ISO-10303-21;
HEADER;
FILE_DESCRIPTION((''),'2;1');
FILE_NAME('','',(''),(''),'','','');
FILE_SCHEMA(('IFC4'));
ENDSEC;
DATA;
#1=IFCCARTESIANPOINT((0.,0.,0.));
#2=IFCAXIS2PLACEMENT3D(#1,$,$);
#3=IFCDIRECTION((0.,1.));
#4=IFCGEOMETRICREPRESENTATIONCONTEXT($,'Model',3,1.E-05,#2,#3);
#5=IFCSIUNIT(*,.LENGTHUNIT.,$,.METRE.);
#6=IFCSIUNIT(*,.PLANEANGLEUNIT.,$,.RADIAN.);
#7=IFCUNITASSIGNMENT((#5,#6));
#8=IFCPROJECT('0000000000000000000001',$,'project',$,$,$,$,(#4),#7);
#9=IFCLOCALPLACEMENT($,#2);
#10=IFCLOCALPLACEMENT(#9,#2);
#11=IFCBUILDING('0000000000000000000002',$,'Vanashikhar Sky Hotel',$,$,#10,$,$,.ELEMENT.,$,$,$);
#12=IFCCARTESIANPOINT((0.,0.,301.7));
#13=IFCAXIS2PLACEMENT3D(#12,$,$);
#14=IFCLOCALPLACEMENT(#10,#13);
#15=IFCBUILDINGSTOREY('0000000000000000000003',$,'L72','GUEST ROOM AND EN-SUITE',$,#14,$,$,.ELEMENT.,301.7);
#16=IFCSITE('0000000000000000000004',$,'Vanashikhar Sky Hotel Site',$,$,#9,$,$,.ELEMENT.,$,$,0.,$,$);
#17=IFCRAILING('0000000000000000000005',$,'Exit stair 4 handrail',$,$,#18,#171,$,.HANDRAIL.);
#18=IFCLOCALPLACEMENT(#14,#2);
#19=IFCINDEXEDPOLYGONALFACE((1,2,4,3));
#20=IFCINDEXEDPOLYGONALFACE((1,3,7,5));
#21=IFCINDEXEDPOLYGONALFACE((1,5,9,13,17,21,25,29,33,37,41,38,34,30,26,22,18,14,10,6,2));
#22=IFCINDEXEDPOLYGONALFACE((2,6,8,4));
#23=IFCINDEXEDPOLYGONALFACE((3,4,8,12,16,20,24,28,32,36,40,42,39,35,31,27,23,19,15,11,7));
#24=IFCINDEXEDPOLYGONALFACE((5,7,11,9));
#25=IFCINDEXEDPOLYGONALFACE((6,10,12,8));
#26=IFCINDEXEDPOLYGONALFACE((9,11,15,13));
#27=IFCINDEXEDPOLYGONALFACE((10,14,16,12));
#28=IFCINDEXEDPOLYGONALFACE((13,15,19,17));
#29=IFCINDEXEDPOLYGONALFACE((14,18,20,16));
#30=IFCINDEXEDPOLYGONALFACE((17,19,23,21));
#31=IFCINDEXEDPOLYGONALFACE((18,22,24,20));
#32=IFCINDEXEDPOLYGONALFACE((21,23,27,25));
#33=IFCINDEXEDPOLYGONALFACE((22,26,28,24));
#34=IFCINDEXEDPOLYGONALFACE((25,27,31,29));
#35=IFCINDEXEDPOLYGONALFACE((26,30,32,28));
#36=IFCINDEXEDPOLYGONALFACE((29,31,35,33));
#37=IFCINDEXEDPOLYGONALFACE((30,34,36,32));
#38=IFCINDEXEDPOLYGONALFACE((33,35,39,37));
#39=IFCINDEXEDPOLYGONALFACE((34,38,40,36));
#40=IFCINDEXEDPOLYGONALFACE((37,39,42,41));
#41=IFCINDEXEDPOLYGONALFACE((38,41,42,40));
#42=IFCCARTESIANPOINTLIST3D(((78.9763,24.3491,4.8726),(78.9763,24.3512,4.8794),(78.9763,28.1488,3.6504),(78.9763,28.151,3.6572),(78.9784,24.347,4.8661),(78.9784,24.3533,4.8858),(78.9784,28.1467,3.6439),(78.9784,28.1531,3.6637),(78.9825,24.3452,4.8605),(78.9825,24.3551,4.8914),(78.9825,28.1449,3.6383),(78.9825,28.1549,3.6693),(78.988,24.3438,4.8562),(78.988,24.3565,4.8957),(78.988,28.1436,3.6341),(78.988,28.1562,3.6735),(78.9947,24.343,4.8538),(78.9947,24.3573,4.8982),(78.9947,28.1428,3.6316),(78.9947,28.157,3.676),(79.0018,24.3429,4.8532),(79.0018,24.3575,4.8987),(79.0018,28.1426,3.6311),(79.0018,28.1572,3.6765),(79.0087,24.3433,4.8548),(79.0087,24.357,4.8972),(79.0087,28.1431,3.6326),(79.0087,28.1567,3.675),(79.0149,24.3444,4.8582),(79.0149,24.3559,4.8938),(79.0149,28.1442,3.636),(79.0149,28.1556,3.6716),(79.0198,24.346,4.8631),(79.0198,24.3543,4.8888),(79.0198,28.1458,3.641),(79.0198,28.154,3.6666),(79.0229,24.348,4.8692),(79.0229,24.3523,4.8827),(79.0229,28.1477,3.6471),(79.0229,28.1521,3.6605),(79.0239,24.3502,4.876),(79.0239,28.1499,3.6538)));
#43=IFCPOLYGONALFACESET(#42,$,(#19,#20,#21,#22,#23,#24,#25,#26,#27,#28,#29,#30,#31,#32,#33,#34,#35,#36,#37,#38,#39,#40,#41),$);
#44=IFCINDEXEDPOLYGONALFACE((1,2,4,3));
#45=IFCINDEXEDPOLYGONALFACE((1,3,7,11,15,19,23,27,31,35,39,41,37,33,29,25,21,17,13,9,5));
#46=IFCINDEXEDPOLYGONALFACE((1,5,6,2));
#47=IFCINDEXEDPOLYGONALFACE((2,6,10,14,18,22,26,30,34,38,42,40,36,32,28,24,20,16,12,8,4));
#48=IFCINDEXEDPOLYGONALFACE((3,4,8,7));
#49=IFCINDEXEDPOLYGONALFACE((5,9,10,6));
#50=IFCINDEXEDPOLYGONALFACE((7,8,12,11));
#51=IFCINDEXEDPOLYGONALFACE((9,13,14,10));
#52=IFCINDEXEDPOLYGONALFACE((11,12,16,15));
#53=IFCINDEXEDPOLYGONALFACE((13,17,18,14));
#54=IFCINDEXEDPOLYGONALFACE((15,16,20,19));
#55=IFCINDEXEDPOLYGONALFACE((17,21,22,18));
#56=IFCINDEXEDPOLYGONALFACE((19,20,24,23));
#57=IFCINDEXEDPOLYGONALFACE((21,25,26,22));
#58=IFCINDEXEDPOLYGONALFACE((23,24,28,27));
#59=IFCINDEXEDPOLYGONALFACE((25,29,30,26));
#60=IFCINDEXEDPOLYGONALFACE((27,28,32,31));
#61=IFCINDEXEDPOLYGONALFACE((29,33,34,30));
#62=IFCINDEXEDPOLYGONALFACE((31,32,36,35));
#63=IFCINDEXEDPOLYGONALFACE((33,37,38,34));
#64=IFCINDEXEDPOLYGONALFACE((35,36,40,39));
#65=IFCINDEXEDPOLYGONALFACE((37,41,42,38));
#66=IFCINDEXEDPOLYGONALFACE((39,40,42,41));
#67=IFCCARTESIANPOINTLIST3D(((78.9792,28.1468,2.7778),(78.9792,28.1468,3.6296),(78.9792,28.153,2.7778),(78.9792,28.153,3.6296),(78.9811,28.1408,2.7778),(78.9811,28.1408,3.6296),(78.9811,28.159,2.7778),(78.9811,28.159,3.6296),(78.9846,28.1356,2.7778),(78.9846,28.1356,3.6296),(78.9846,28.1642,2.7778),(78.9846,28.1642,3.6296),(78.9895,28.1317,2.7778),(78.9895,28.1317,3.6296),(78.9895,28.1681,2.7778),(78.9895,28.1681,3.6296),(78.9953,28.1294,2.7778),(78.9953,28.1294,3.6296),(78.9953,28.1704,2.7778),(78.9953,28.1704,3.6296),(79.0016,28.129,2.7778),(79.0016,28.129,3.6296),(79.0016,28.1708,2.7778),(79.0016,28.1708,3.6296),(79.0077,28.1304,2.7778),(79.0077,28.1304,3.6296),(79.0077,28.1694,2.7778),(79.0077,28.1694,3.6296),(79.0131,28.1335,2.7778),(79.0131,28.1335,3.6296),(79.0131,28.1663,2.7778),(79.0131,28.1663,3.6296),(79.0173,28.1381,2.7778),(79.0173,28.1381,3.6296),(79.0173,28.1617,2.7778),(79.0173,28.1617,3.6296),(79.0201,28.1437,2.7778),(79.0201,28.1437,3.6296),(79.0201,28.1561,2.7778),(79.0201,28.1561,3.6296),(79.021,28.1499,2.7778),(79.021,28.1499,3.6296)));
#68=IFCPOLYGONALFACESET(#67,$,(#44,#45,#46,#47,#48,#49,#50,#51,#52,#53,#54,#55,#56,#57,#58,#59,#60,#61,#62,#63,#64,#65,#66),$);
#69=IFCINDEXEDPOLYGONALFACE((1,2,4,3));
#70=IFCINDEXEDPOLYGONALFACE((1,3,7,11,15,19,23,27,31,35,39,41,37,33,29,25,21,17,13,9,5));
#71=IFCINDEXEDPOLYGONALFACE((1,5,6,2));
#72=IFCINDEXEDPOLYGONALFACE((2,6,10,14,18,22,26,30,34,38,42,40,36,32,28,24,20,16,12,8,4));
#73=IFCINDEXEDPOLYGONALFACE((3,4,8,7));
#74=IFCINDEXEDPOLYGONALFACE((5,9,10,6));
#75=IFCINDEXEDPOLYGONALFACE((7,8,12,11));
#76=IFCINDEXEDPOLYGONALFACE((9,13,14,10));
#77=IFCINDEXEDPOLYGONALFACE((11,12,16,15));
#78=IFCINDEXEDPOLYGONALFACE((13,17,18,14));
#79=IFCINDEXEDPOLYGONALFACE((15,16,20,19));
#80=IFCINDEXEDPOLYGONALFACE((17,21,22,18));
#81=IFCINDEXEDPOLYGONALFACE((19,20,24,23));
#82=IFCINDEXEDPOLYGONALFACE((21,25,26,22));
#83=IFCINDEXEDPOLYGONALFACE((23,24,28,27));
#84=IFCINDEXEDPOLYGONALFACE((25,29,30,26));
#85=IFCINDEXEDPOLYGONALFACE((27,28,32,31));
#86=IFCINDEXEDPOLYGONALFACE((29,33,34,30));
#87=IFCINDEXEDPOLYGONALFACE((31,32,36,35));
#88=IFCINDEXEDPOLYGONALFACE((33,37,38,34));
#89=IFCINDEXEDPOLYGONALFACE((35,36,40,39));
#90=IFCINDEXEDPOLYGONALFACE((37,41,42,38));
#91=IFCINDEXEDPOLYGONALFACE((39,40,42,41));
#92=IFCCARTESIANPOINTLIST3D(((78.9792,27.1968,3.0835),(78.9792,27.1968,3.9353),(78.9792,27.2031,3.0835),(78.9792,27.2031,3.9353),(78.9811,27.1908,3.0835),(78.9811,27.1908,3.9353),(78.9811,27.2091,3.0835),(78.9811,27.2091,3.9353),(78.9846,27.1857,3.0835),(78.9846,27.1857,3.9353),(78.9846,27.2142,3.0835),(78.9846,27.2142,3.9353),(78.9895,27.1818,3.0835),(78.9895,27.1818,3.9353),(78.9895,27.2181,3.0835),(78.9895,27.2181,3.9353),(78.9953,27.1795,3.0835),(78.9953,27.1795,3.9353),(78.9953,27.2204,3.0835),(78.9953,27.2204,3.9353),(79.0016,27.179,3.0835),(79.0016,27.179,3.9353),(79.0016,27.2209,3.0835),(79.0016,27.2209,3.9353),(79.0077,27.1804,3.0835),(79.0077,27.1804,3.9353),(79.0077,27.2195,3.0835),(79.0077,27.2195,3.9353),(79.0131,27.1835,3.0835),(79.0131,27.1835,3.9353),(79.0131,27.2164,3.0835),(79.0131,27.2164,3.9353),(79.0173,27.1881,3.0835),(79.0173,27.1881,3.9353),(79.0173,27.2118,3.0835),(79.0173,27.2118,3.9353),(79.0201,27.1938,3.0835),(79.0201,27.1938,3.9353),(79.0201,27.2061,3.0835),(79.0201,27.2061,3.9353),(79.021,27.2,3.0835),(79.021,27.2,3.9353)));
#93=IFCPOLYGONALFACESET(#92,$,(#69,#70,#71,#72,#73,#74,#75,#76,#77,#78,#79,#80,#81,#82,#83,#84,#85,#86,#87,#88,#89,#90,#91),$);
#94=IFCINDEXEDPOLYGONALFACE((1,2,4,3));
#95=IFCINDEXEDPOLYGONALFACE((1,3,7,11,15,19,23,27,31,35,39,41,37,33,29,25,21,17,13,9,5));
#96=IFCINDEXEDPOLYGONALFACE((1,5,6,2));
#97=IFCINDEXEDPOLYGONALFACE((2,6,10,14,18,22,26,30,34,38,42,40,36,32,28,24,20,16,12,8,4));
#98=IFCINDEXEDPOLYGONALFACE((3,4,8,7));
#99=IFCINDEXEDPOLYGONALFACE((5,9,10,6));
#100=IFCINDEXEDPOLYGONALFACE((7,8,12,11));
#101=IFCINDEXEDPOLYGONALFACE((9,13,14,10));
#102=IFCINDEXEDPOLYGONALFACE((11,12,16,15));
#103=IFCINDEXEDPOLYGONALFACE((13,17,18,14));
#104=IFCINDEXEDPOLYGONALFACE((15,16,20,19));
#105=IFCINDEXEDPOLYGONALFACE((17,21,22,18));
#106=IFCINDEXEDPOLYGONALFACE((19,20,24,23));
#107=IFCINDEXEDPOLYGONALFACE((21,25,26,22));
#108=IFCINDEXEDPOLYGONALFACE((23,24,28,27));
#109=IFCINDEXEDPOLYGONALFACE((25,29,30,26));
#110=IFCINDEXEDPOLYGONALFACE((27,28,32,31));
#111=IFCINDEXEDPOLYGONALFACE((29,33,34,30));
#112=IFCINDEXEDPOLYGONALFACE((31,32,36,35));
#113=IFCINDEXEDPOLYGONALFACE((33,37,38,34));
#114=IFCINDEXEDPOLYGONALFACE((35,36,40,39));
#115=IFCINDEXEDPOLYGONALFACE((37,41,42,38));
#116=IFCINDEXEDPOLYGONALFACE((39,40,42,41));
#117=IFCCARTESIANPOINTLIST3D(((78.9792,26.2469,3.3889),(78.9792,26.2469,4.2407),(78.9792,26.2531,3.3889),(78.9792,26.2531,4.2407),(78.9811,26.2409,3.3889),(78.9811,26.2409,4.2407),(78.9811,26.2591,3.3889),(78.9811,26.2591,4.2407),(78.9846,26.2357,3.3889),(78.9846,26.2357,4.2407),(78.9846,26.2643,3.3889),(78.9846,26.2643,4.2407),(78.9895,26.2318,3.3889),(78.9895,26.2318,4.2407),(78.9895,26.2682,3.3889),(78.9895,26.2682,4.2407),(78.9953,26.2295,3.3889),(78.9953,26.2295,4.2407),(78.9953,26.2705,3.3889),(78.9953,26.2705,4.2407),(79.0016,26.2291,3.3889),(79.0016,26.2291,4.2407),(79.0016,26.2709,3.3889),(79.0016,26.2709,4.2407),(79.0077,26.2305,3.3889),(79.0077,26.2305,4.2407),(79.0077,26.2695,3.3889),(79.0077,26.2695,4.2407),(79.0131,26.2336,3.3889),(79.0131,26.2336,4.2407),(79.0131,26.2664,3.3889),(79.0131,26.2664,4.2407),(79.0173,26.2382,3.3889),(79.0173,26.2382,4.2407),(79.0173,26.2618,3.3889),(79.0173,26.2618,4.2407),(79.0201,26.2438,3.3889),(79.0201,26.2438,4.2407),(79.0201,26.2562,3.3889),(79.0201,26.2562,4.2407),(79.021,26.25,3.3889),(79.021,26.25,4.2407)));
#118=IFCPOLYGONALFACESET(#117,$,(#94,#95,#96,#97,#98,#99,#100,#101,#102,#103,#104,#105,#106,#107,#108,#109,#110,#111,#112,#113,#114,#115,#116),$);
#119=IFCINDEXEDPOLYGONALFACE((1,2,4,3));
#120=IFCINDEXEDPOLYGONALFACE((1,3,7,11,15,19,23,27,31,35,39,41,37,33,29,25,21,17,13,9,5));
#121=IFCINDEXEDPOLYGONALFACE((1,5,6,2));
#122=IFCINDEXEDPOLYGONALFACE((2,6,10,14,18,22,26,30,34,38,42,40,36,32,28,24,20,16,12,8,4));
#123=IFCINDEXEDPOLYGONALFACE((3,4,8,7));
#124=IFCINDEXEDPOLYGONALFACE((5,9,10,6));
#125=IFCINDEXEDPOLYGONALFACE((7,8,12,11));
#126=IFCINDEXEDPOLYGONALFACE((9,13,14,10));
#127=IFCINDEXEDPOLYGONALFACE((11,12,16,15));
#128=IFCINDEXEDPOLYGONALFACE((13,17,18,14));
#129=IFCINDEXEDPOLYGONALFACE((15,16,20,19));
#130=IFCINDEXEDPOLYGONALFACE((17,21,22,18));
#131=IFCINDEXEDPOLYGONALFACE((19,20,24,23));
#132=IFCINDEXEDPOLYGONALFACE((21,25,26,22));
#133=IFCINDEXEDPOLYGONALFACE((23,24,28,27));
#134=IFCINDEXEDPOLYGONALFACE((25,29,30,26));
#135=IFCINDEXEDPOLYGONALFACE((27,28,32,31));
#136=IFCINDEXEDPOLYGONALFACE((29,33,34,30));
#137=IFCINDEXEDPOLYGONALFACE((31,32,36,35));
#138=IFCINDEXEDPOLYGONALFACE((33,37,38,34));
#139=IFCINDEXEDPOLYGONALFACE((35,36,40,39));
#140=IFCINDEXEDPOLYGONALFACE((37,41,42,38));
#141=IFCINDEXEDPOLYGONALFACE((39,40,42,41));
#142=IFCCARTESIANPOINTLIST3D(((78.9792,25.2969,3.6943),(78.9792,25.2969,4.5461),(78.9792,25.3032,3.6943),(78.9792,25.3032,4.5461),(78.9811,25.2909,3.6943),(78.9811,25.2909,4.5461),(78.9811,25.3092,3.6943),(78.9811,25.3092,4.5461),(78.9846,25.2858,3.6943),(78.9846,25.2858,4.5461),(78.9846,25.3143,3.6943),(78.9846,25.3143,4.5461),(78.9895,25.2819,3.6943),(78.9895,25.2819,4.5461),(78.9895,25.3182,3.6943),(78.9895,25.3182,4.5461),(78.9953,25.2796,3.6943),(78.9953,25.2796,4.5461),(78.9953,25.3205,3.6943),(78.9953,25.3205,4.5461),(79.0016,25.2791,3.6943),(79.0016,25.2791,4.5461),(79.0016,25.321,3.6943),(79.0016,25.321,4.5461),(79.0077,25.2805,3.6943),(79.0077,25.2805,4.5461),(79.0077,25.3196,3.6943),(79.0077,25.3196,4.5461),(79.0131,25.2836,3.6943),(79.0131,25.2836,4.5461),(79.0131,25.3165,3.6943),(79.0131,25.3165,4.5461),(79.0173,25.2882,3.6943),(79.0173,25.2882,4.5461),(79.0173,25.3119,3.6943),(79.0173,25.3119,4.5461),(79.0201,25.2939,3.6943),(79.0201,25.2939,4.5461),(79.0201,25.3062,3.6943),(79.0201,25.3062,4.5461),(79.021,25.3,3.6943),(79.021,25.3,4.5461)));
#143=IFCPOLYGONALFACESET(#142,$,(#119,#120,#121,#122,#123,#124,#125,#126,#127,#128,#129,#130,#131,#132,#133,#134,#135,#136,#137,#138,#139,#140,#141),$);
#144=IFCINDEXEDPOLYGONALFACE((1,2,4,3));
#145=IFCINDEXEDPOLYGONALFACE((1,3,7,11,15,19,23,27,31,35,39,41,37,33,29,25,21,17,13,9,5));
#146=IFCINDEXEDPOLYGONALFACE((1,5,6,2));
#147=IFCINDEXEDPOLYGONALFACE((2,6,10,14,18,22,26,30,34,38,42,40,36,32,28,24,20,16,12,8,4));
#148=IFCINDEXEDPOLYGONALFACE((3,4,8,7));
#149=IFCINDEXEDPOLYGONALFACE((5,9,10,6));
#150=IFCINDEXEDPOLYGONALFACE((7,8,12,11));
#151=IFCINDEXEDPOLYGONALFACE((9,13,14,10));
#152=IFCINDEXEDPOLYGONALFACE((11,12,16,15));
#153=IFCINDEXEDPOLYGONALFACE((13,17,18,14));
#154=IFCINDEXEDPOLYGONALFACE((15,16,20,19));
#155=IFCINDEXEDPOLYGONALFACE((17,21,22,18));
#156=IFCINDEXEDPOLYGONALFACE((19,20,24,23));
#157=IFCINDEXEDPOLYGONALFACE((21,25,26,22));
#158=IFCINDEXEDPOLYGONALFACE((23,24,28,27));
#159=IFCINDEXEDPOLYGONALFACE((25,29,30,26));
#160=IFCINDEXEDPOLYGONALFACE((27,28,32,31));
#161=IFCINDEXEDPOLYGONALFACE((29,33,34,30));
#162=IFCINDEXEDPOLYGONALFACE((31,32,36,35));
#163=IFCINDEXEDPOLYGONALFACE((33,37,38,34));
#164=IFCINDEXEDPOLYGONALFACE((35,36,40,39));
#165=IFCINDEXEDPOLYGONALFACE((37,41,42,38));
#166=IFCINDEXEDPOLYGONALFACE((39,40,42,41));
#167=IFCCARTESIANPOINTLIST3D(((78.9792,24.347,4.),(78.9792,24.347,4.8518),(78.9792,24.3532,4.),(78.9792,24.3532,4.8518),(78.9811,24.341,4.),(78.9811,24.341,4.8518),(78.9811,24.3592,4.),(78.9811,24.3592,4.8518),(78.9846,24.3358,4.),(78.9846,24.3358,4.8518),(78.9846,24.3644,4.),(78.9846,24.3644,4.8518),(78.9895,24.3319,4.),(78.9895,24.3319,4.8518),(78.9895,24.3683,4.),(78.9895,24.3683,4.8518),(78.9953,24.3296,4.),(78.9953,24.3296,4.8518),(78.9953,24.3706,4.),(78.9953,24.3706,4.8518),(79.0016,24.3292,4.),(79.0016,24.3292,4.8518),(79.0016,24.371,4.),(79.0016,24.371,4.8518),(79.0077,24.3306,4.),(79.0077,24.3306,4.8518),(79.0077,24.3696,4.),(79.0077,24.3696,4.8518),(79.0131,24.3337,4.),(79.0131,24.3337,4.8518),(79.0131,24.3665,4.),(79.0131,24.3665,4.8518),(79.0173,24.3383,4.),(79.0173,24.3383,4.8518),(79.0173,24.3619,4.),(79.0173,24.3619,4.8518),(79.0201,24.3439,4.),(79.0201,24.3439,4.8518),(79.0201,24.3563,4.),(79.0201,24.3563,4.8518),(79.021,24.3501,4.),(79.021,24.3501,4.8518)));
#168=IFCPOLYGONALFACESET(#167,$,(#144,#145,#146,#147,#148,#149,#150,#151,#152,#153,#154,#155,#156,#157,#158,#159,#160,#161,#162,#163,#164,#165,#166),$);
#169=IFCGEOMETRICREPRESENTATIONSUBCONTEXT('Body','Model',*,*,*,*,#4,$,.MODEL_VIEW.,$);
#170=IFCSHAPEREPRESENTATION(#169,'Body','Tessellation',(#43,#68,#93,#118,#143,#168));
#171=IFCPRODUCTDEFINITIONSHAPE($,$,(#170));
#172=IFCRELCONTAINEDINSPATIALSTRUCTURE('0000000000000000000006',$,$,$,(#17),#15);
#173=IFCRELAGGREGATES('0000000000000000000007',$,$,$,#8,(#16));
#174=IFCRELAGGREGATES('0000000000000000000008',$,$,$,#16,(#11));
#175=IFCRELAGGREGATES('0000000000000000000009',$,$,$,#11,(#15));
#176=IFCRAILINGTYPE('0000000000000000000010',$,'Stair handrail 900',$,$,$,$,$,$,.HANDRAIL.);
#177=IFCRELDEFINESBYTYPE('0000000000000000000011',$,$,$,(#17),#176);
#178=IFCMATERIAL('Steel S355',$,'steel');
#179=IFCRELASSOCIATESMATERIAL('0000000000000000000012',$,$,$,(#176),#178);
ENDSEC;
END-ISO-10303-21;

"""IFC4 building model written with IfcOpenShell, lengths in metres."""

from ifc_helpers import new_model, si_unit, direction, frame, origin, origin_2d, place, context, subcontext, project, spatial, circle, extrude, source, transform, mapped, material, type_object, element, save


model = new_model("IFC4")

# Units and contexts
model_context = context("Model", 3, precision=1e-05, world=origin(), true_north=direction((0.0, 1.0)))
body_context = subcontext(model_context, "Body", "Model", "MODEL_VIEW")
ifc_project = project(units=[si_unit("LENGTHUNIT", "METRE"), si_unit("PLANEANGLEUNIT", "RADIAN")], contexts=[model_context])

# Site, building, storey
site_placement = place(None, origin())
site = spatial("IfcSite", under=ifc_project, at=site_placement, Name="Vanashikhar Sky Hotel Site", CompositionType="ELEMENT", RefElevation=0.0)
building_placement = place(site_placement, origin())
building = spatial("IfcBuilding", under=site, at=building_placement, Name="Vanashikhar Sky Hotel", CompositionType="ELEMENT")
storey_placement = place(building_placement, frame((0.0, 0.0, 301.7)))
storey = spatial("IfcBuildingStorey", under=building, at=storey_placement, Name="L72", Description="GUEST ROOM AND EN-SUITE", CompositionType="ELEMENT", Elevation=301.7)

# Railing
ifc_material_1 = material(Name="Steel S355", Category="steel")
railing_type = type_object("IfcRailingType", Name="Stair handrail 900", PredefinedType="HANDRAIL", material=ifc_material_1)
shared_shape_1 = source(origin(), body_context, "Body", "SweptSolid", [
    extrude(circle(Radius=0.0239, at=origin_2d()), frame((0.0, 0.0, 0.876), z_axis=(0.0, -0.95197, 0.306191), x_axis=(1.0, 0.0, 0.0)), (0.0, 0.0, 1.0), 3.9915),
    extrude(circle(Radius=0.021, at=origin_2d()), origin(), (0.0, 0.0, 1.0), 0.8518),
    extrude(circle(Radius=0.021, at=origin_2d()), frame((0.0, -0.95, 0.3057)), (0.0, 0.0, 1.0), 0.8518),
    extrude(circle(Radius=0.021, at=origin_2d()), frame((0.0, -1.8999, 0.6111)), (0.0, 0.0, 1.0), 0.8518),
    extrude(circle(Radius=0.021, at=origin_2d()), frame((0.0, -2.8499, 0.9165)), (0.0, 0.0, 1.0), 0.8518),
    extrude(circle(Radius=0.021, at=origin_2d()), frame((0.0, -3.7998, 1.2222)), (0.0, 0.0, 1.0), 0.8518),
])
railing_1_placement = place(storey_placement, frame((79.0, 28.1499, 2.7778)))
element("IfcRailing", 1, at=railing_1_placement, inside=storey, type_object=railing_type, Name="Exit stair 4 handrail", PredefinedType="HANDRAIL", context=body_context, shape_type="MappedRepresentation", body=[
    mapped(shared_shape_1, transform((0.0, 0.0, 0.0), scale=1.0)),
])

save(model, "model.ifc")
